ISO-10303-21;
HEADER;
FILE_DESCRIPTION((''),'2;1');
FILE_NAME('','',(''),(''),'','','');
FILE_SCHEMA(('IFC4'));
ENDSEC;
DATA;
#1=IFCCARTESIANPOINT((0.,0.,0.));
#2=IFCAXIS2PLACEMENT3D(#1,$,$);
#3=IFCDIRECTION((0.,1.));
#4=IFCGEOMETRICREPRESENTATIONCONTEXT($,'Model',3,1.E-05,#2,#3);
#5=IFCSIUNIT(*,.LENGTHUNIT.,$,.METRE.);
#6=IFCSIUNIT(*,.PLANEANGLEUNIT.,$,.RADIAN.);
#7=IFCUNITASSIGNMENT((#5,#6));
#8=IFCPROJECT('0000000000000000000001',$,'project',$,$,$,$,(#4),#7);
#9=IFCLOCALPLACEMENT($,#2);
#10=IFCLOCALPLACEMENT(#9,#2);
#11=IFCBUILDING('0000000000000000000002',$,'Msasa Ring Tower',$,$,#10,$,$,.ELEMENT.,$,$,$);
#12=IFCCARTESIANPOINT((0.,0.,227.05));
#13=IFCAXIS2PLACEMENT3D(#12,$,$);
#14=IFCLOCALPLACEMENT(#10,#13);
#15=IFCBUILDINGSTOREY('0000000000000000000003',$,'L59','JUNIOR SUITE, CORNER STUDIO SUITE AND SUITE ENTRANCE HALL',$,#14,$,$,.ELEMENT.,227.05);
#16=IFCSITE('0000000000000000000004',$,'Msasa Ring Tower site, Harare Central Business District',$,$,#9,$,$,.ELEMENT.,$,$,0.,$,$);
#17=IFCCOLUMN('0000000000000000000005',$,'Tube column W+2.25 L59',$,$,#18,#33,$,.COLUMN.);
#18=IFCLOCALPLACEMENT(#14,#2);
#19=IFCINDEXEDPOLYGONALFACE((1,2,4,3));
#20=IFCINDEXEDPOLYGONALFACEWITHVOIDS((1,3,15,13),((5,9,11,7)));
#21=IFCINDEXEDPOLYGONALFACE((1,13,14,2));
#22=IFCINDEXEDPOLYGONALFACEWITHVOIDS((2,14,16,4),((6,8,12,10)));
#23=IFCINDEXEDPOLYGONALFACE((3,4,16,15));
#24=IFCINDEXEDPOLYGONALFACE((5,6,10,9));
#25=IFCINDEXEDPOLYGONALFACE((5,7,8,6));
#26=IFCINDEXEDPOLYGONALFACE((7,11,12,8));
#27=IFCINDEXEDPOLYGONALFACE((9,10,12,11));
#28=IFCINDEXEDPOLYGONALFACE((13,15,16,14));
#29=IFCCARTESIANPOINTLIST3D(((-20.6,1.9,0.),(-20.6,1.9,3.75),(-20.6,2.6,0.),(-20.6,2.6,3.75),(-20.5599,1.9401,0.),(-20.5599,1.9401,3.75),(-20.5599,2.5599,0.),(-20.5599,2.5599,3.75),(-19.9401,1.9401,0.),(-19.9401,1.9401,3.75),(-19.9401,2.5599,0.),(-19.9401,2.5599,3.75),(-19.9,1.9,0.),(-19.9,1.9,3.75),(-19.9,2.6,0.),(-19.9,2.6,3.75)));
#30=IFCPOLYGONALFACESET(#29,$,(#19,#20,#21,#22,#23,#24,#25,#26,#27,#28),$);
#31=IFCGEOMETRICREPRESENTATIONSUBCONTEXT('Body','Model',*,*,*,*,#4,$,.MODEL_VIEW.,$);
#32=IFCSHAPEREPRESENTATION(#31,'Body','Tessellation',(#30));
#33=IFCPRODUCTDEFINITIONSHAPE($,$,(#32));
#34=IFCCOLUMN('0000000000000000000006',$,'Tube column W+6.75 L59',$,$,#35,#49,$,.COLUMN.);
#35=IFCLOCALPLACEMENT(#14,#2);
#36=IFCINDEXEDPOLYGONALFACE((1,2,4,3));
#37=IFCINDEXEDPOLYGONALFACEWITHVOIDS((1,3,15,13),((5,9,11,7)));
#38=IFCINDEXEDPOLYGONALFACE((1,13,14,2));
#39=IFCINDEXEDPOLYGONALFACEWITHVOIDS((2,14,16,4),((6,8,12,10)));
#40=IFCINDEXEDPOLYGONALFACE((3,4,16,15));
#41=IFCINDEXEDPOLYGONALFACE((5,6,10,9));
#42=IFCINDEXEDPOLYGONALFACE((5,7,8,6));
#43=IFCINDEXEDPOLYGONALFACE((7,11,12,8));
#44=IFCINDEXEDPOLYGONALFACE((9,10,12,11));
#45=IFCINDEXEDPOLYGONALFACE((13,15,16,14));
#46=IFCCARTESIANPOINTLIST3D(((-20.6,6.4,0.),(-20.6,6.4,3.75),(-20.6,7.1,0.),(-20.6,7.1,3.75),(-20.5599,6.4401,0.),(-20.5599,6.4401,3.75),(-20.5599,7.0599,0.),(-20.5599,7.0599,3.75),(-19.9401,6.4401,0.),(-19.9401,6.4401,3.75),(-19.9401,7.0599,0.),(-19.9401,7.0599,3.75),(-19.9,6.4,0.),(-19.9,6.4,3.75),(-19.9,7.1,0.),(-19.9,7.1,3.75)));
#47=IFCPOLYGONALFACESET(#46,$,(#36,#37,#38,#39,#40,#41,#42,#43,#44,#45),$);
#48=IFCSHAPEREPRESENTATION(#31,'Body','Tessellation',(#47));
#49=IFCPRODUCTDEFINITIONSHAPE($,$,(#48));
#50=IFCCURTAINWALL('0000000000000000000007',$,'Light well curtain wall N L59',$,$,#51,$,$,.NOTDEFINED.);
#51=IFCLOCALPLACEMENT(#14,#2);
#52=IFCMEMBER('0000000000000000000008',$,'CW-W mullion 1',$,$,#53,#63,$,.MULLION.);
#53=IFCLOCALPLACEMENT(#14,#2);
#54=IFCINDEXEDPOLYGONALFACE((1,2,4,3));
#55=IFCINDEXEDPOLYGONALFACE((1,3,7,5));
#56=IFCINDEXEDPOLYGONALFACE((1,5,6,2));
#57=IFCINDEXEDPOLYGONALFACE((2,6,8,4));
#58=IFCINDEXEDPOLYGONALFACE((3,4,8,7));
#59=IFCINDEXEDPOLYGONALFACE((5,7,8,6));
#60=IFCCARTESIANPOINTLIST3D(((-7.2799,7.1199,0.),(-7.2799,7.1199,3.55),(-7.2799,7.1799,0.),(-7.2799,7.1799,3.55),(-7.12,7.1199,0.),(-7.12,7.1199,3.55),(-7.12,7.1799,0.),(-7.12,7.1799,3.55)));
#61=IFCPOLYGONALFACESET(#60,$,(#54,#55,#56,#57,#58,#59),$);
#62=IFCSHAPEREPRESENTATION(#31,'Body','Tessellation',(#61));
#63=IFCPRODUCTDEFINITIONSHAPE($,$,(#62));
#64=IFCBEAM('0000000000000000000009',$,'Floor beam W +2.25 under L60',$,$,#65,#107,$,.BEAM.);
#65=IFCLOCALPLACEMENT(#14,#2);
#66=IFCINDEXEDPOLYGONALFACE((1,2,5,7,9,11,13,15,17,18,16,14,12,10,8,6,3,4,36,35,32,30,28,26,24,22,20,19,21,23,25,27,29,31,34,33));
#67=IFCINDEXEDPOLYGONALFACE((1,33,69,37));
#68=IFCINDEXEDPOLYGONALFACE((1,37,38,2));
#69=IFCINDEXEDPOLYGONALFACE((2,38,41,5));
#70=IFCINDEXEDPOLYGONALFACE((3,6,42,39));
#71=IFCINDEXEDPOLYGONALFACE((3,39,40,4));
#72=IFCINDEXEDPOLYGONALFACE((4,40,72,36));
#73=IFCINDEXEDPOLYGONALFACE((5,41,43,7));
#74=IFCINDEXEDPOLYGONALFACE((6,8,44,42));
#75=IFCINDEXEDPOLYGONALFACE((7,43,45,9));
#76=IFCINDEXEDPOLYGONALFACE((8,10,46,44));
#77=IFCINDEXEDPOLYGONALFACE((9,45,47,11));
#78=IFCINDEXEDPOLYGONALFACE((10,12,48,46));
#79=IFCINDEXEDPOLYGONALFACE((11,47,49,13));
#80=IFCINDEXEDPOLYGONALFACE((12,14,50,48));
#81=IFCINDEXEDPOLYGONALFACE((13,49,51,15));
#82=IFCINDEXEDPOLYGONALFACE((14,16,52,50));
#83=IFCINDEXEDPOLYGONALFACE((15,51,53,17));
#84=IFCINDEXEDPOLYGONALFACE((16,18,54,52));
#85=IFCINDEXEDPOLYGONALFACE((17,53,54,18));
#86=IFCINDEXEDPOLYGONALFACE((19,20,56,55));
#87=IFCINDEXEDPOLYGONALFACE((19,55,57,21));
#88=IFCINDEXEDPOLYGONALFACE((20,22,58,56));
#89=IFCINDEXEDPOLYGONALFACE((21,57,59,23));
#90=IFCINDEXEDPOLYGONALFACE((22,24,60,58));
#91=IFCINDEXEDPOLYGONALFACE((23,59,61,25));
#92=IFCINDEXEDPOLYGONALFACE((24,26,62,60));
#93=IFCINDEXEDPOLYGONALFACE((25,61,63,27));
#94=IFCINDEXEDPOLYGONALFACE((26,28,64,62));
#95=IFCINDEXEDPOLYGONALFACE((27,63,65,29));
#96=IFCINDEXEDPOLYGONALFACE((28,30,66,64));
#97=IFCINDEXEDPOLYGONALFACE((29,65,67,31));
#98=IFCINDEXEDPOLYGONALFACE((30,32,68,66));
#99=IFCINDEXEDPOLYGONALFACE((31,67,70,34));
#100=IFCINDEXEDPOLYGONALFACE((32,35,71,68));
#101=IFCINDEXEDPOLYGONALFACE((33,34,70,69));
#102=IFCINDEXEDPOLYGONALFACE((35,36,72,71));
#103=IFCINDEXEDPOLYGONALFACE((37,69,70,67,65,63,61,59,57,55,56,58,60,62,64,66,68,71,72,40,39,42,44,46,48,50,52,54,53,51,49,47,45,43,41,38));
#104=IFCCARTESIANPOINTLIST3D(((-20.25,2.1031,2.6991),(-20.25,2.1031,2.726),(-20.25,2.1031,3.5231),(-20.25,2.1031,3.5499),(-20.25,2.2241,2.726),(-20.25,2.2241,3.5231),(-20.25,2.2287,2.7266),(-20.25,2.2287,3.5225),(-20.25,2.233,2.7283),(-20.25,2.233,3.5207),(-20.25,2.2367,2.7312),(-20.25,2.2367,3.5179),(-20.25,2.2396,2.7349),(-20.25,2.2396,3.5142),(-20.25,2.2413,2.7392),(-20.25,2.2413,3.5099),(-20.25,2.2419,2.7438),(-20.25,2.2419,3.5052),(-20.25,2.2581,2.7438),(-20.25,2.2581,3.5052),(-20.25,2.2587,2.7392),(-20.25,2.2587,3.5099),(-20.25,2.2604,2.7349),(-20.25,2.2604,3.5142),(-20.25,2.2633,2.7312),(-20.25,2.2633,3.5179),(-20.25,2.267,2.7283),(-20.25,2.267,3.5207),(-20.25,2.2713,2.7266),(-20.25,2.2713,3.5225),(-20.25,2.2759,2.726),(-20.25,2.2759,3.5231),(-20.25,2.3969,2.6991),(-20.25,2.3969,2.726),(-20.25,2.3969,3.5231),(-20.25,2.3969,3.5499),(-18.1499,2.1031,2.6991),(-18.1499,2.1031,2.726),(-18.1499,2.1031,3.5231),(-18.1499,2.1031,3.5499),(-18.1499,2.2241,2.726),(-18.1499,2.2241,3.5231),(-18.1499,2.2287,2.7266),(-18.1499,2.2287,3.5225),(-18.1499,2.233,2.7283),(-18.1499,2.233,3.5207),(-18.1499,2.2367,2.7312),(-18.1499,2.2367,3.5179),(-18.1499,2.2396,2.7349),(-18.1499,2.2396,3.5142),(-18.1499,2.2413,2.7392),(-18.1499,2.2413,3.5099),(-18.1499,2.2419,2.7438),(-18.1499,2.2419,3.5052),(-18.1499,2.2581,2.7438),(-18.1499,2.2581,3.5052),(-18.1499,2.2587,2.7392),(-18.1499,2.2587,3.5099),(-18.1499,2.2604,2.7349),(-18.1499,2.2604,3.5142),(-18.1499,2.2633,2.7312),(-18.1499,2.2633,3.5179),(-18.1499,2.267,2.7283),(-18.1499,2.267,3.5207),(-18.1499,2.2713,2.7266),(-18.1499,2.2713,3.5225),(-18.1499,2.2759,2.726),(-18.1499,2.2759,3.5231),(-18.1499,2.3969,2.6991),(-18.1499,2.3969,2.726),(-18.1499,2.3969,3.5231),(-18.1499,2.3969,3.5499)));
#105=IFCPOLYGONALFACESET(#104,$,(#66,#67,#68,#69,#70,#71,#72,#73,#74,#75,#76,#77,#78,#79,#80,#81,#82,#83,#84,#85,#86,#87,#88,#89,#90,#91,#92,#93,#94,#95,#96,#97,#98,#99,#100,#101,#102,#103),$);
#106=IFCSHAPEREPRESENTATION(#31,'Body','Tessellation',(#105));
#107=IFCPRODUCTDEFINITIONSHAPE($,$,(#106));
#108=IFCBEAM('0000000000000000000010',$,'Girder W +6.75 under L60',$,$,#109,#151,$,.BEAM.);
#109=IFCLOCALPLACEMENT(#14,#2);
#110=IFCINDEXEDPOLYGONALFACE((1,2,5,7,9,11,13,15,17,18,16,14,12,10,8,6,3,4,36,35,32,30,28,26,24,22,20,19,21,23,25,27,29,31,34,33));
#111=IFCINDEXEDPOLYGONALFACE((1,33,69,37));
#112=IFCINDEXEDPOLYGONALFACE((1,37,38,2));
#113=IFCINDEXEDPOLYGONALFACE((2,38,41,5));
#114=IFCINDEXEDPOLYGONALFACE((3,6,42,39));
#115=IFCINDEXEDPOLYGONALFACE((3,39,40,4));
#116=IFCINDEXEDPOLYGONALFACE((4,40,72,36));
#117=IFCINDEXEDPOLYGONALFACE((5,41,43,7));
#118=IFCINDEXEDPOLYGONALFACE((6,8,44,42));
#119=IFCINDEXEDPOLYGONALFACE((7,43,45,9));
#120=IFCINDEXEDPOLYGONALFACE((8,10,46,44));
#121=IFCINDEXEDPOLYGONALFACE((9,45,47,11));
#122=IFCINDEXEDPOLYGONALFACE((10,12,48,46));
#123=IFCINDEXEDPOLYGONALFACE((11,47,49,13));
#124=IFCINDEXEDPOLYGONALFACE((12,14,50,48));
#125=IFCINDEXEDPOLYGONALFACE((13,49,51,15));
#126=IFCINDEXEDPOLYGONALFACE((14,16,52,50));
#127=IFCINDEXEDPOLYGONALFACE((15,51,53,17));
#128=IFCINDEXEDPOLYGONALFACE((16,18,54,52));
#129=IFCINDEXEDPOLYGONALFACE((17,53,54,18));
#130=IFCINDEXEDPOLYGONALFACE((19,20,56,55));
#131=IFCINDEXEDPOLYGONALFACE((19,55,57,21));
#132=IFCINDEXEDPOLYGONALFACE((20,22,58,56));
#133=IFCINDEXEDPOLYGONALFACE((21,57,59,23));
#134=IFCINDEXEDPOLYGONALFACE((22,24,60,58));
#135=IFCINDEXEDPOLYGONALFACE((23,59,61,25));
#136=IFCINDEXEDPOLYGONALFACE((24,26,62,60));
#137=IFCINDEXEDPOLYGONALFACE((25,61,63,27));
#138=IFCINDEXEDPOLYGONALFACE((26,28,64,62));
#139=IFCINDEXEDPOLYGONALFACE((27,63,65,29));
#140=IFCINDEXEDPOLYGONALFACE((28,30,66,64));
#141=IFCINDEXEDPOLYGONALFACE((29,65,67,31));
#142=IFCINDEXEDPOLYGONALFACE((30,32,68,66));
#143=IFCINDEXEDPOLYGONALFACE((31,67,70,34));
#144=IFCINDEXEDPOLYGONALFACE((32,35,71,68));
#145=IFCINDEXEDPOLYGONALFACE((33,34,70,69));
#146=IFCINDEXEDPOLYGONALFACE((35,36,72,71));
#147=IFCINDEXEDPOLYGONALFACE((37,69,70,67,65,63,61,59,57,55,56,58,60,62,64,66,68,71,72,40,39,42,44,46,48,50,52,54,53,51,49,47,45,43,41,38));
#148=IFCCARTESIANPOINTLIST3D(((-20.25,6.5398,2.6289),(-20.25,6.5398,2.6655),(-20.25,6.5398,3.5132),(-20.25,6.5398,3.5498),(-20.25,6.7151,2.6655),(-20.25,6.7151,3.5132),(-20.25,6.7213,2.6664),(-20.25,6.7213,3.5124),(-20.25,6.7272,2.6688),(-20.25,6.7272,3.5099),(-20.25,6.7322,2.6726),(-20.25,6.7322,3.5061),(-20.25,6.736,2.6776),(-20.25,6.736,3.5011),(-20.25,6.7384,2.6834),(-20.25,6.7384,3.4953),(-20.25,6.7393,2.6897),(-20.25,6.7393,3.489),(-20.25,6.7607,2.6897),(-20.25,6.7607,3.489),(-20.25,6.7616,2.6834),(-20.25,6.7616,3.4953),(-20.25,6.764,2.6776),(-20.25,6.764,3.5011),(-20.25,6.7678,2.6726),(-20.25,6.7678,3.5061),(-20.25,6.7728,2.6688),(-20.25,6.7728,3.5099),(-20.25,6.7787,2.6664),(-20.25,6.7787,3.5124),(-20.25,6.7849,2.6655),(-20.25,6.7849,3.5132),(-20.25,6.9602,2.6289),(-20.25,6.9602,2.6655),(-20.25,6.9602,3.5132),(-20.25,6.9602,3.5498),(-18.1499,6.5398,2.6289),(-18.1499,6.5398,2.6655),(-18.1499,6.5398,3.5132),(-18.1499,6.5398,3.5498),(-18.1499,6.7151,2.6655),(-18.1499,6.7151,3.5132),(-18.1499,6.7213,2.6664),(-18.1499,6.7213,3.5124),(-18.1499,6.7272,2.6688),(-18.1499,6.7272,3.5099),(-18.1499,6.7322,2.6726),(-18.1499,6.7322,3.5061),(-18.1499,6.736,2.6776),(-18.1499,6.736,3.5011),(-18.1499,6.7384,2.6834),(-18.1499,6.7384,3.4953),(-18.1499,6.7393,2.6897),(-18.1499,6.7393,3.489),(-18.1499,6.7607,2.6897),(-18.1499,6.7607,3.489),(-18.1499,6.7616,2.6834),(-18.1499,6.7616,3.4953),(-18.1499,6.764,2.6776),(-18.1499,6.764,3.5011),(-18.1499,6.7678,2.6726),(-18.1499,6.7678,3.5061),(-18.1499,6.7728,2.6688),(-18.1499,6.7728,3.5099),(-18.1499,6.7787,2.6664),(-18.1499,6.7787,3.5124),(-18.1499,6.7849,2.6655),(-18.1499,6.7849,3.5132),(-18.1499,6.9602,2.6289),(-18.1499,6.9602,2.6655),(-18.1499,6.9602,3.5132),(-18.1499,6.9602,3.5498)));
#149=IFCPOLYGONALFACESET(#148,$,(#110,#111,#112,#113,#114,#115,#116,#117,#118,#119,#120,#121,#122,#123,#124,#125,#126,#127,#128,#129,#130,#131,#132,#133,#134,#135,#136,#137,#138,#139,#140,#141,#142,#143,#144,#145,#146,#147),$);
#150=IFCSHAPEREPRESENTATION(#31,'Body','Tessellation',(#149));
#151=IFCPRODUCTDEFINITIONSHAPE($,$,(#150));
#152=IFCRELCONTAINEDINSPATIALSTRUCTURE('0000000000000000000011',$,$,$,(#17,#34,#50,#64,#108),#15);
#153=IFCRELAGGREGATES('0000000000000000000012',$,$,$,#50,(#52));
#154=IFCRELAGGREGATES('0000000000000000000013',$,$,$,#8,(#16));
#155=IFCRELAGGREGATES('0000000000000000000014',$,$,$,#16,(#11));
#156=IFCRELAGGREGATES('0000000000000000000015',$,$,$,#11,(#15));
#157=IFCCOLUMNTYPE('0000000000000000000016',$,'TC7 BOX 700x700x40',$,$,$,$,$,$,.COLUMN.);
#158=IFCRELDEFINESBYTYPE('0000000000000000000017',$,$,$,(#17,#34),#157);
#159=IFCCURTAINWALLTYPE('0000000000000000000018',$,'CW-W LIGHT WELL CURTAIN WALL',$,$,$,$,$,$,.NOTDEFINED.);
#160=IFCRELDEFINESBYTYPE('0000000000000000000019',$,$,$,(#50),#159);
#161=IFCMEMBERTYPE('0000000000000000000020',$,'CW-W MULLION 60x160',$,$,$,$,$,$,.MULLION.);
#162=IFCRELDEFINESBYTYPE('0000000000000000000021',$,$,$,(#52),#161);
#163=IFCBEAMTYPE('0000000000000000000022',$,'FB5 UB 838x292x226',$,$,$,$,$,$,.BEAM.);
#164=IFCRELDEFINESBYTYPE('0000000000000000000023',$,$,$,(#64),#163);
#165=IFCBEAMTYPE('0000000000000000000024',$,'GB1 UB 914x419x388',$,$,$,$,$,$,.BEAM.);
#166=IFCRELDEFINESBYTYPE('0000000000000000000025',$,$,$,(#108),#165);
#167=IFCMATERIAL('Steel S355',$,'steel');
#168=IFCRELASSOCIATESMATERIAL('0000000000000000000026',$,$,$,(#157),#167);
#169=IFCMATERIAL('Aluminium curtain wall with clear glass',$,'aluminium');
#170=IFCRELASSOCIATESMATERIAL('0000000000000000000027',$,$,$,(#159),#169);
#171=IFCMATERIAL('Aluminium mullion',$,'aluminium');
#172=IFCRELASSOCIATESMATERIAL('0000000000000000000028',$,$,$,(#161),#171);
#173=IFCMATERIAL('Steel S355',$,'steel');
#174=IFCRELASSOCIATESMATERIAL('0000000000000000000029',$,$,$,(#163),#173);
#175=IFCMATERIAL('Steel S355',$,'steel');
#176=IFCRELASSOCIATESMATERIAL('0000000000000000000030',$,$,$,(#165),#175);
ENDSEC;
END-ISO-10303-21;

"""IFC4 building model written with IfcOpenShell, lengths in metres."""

from ifc_helpers import new_model, si_unit, direction, frame, origin, origin_2d, place, context, subcontext, project, spatial, rectangle, hollow_rectangle, i_section, extrude, material, material_profile, profile_set, type_object, element, aggregate, save


model = new_model("IFC4")

# Units and contexts
model_context = context("Model", 3, precision=1e-05, world=origin(), true_north=direction((0.0, 1.0)))
body_context = subcontext(model_context, "Body", "Model", "MODEL_VIEW")
ifc_project = project(units=[si_unit("LENGTHUNIT", "METRE"), si_unit("PLANEANGLEUNIT", "RADIAN")], contexts=[model_context])

# Site, building, storey
site_placement = place(None, origin())
site = spatial("IfcSite", under=ifc_project, at=site_placement, Name="Msasa Ring Tower site, Harare Central Business District", CompositionType="ELEMENT", RefElevation=0.0)
building_placement = place(site_placement, origin())
building = spatial("IfcBuilding", under=site, at=building_placement, Name="Msasa Ring Tower", CompositionType="ELEMENT")
storey_placement = place(building_placement, frame((0.0, 0.0, 227.05)))
storey = spatial("IfcBuildingStorey", under=building, at=storey_placement, Name="L59", Description="JUNIOR SUITE, CORNER STUDIO SUITE AND SUITE ENTRANCE HALL", CompositionType="ELEMENT", Elevation=227.05)

# Columns
ifc_material_1 = material(Name="Steel S355", Category="steel")
ifc_material_profile_1 = material_profile(ifc_material_1, hollow_rectangle(XDim=0.7, YDim=0.7, WallThickness=0.04, at=origin_2d()), Name="BOX 700x700x40")
ifc_profile_set_1 = profile_set([ifc_material_profile_1], Name="Steel S355")
column_type = type_object("IfcColumnType", Name="TC7 BOX 700x700x40", PredefinedType="COLUMN", material=ifc_profile_set_1)
for number, where, z_axis, x_axis, name in (
    (1, (-20.25, 2.25, 0.0), (0.0, 0.0, 1.0), (1.0, 0.0, 0.0), "Tube column W+2.25 L59"),
    (2, (-20.25, 6.75, 0.0), (0.0, 0.0, 1.0), (1.0, 0.0, 0.0), "Tube column W+6.75 L59"),
):
    element("IfcColumn", number, at=place(storey_placement, frame(where, z_axis=z_axis, x_axis=x_axis)), inside=storey, type_object=column_type, Name=name, PredefinedType="COLUMN", context=body_context, shape_type="SweptSolid", body=[
        extrude(hollow_rectangle(XDim=0.7, YDim=0.7, WallThickness=0.04, at=origin_2d()), origin(), (0.0, 0.0, 1.0), 3.75),
    ])

# Curtain wall, member
ifc_material_2 = material(Name="Aluminium curtain wall with clear glass", Category="aluminium")
curtain_wall_type = type_object("IfcCurtainWallType", Name="CW-W LIGHT WELL CURTAIN WALL", PredefinedType="NOTDEFINED", material=ifc_material_2)
curtain_wall_placement = place(storey_placement, origin())
curtain_wall = element("IfcCurtainWall", 3, at=curtain_wall_placement, inside=storey, type_object=curtain_wall_type, Name="Light well curtain wall N L59", PredefinedType="NOTDEFINED")
ifc_material_3 = material(Name="Aluminium mullion", Category="aluminium")
ifc_material_profile_2 = material_profile(ifc_material_3, rectangle(XDim=0.0601, YDim=0.1599, at=origin_2d()), Name="AL 60x160")
ifc_profile_set_2 = profile_set([ifc_material_profile_2], Name="Aluminium mullion")
member_type = type_object("IfcMemberType", Name="CW-W MULLION 60x160", PredefinedType="MULLION", material=ifc_profile_set_2)
member_placement = place(storey_placement, frame((-7.2, 7.1499, 0.0), z_axis=(0.0, 0.0, 1.0), x_axis=(0.0, 1.0, 0.0)))
member = element("IfcMember", 4, at=member_placement, type_object=member_type, Name="CW-W mullion 1", PredefinedType="MULLION", context=body_context, shape_type="SweptSolid", body=[
    extrude(rectangle(XDim=0.0601, YDim=0.1599, at=origin_2d()), origin(), (0.0, 0.0, 1.0), 3.55),
])
aggregate(curtain_wall, [member])

# Beams
ifc_material_4 = material(Name="Steel S355", Category="steel")
ifc_material_profile_3 = material_profile(ifc_material_4, i_section(OverallWidth=0.2937, OverallDepth=0.8508, WebThickness=0.0161, FlangeThickness=0.0269, FilletRadius=0.0178, at=origin_2d()), Name="UB 838x292x226")
ifc_profile_set_3 = profile_set([ifc_material_profile_3], Name="Steel S355")
beam_type_1 = type_object("IfcBeamType", Name="FB5 UB 838x292x226", PredefinedType="BEAM", material=ifc_profile_set_3)
beam_1_placement = place(storey_placement, frame((-20.25, 2.25, 3.1245), z_axis=(1.0, 0.0, 0.0), x_axis=(0.0, 1.0, 0.0)))
element("IfcBeam", 5, at=beam_1_placement, inside=storey, type_object=beam_type_1, Name="Floor beam W +2.25 under L60", PredefinedType="BEAM", context=body_context, shape_type="SweptSolid", body=[
    extrude(i_section(OverallWidth=0.2937, OverallDepth=0.8508, WebThickness=0.0161, FlangeThickness=0.0269, FilletRadius=0.0178, at=origin_2d()), origin(), (0.0, 0.0, 1.0), 2.1001),
])
ifc_material_5 = material(Name="Steel S355", Category="steel")
ifc_material_profile_4 = material_profile(ifc_material_5, i_section(OverallWidth=0.4204, OverallDepth=0.9209, WebThickness=0.0215, FlangeThickness=0.0366, FilletRadius=0.0242, at=origin_2d()), Name="UB 914x419x388")
ifc_profile_set_4 = profile_set([ifc_material_profile_4], Name="Steel S355")
beam_type_2 = type_object("IfcBeamType", Name="GB1 UB 914x419x388", PredefinedType="BEAM", material=ifc_profile_set_4)
beam_2_placement = place(storey_placement, frame((-18.1499, 6.75, 3.0894), z_axis=(-1.0, 0.0, 0.0), x_axis=(0.0, -1.0, 0.0)))
element("IfcBeam", 6, at=beam_2_placement, inside=storey, type_object=beam_type_2, Name="Girder W +6.75 under L60", PredefinedType="BEAM", context=body_context, shape_type="SweptSolid", body=[
    extrude(i_section(OverallWidth=0.4204, OverallDepth=0.9209, WebThickness=0.0215, FlangeThickness=0.0366, FilletRadius=0.0242, at=origin_2d()), origin(), (0.0, 0.0, 1.0), 2.1001),
])

save(model, "model.ifc")
